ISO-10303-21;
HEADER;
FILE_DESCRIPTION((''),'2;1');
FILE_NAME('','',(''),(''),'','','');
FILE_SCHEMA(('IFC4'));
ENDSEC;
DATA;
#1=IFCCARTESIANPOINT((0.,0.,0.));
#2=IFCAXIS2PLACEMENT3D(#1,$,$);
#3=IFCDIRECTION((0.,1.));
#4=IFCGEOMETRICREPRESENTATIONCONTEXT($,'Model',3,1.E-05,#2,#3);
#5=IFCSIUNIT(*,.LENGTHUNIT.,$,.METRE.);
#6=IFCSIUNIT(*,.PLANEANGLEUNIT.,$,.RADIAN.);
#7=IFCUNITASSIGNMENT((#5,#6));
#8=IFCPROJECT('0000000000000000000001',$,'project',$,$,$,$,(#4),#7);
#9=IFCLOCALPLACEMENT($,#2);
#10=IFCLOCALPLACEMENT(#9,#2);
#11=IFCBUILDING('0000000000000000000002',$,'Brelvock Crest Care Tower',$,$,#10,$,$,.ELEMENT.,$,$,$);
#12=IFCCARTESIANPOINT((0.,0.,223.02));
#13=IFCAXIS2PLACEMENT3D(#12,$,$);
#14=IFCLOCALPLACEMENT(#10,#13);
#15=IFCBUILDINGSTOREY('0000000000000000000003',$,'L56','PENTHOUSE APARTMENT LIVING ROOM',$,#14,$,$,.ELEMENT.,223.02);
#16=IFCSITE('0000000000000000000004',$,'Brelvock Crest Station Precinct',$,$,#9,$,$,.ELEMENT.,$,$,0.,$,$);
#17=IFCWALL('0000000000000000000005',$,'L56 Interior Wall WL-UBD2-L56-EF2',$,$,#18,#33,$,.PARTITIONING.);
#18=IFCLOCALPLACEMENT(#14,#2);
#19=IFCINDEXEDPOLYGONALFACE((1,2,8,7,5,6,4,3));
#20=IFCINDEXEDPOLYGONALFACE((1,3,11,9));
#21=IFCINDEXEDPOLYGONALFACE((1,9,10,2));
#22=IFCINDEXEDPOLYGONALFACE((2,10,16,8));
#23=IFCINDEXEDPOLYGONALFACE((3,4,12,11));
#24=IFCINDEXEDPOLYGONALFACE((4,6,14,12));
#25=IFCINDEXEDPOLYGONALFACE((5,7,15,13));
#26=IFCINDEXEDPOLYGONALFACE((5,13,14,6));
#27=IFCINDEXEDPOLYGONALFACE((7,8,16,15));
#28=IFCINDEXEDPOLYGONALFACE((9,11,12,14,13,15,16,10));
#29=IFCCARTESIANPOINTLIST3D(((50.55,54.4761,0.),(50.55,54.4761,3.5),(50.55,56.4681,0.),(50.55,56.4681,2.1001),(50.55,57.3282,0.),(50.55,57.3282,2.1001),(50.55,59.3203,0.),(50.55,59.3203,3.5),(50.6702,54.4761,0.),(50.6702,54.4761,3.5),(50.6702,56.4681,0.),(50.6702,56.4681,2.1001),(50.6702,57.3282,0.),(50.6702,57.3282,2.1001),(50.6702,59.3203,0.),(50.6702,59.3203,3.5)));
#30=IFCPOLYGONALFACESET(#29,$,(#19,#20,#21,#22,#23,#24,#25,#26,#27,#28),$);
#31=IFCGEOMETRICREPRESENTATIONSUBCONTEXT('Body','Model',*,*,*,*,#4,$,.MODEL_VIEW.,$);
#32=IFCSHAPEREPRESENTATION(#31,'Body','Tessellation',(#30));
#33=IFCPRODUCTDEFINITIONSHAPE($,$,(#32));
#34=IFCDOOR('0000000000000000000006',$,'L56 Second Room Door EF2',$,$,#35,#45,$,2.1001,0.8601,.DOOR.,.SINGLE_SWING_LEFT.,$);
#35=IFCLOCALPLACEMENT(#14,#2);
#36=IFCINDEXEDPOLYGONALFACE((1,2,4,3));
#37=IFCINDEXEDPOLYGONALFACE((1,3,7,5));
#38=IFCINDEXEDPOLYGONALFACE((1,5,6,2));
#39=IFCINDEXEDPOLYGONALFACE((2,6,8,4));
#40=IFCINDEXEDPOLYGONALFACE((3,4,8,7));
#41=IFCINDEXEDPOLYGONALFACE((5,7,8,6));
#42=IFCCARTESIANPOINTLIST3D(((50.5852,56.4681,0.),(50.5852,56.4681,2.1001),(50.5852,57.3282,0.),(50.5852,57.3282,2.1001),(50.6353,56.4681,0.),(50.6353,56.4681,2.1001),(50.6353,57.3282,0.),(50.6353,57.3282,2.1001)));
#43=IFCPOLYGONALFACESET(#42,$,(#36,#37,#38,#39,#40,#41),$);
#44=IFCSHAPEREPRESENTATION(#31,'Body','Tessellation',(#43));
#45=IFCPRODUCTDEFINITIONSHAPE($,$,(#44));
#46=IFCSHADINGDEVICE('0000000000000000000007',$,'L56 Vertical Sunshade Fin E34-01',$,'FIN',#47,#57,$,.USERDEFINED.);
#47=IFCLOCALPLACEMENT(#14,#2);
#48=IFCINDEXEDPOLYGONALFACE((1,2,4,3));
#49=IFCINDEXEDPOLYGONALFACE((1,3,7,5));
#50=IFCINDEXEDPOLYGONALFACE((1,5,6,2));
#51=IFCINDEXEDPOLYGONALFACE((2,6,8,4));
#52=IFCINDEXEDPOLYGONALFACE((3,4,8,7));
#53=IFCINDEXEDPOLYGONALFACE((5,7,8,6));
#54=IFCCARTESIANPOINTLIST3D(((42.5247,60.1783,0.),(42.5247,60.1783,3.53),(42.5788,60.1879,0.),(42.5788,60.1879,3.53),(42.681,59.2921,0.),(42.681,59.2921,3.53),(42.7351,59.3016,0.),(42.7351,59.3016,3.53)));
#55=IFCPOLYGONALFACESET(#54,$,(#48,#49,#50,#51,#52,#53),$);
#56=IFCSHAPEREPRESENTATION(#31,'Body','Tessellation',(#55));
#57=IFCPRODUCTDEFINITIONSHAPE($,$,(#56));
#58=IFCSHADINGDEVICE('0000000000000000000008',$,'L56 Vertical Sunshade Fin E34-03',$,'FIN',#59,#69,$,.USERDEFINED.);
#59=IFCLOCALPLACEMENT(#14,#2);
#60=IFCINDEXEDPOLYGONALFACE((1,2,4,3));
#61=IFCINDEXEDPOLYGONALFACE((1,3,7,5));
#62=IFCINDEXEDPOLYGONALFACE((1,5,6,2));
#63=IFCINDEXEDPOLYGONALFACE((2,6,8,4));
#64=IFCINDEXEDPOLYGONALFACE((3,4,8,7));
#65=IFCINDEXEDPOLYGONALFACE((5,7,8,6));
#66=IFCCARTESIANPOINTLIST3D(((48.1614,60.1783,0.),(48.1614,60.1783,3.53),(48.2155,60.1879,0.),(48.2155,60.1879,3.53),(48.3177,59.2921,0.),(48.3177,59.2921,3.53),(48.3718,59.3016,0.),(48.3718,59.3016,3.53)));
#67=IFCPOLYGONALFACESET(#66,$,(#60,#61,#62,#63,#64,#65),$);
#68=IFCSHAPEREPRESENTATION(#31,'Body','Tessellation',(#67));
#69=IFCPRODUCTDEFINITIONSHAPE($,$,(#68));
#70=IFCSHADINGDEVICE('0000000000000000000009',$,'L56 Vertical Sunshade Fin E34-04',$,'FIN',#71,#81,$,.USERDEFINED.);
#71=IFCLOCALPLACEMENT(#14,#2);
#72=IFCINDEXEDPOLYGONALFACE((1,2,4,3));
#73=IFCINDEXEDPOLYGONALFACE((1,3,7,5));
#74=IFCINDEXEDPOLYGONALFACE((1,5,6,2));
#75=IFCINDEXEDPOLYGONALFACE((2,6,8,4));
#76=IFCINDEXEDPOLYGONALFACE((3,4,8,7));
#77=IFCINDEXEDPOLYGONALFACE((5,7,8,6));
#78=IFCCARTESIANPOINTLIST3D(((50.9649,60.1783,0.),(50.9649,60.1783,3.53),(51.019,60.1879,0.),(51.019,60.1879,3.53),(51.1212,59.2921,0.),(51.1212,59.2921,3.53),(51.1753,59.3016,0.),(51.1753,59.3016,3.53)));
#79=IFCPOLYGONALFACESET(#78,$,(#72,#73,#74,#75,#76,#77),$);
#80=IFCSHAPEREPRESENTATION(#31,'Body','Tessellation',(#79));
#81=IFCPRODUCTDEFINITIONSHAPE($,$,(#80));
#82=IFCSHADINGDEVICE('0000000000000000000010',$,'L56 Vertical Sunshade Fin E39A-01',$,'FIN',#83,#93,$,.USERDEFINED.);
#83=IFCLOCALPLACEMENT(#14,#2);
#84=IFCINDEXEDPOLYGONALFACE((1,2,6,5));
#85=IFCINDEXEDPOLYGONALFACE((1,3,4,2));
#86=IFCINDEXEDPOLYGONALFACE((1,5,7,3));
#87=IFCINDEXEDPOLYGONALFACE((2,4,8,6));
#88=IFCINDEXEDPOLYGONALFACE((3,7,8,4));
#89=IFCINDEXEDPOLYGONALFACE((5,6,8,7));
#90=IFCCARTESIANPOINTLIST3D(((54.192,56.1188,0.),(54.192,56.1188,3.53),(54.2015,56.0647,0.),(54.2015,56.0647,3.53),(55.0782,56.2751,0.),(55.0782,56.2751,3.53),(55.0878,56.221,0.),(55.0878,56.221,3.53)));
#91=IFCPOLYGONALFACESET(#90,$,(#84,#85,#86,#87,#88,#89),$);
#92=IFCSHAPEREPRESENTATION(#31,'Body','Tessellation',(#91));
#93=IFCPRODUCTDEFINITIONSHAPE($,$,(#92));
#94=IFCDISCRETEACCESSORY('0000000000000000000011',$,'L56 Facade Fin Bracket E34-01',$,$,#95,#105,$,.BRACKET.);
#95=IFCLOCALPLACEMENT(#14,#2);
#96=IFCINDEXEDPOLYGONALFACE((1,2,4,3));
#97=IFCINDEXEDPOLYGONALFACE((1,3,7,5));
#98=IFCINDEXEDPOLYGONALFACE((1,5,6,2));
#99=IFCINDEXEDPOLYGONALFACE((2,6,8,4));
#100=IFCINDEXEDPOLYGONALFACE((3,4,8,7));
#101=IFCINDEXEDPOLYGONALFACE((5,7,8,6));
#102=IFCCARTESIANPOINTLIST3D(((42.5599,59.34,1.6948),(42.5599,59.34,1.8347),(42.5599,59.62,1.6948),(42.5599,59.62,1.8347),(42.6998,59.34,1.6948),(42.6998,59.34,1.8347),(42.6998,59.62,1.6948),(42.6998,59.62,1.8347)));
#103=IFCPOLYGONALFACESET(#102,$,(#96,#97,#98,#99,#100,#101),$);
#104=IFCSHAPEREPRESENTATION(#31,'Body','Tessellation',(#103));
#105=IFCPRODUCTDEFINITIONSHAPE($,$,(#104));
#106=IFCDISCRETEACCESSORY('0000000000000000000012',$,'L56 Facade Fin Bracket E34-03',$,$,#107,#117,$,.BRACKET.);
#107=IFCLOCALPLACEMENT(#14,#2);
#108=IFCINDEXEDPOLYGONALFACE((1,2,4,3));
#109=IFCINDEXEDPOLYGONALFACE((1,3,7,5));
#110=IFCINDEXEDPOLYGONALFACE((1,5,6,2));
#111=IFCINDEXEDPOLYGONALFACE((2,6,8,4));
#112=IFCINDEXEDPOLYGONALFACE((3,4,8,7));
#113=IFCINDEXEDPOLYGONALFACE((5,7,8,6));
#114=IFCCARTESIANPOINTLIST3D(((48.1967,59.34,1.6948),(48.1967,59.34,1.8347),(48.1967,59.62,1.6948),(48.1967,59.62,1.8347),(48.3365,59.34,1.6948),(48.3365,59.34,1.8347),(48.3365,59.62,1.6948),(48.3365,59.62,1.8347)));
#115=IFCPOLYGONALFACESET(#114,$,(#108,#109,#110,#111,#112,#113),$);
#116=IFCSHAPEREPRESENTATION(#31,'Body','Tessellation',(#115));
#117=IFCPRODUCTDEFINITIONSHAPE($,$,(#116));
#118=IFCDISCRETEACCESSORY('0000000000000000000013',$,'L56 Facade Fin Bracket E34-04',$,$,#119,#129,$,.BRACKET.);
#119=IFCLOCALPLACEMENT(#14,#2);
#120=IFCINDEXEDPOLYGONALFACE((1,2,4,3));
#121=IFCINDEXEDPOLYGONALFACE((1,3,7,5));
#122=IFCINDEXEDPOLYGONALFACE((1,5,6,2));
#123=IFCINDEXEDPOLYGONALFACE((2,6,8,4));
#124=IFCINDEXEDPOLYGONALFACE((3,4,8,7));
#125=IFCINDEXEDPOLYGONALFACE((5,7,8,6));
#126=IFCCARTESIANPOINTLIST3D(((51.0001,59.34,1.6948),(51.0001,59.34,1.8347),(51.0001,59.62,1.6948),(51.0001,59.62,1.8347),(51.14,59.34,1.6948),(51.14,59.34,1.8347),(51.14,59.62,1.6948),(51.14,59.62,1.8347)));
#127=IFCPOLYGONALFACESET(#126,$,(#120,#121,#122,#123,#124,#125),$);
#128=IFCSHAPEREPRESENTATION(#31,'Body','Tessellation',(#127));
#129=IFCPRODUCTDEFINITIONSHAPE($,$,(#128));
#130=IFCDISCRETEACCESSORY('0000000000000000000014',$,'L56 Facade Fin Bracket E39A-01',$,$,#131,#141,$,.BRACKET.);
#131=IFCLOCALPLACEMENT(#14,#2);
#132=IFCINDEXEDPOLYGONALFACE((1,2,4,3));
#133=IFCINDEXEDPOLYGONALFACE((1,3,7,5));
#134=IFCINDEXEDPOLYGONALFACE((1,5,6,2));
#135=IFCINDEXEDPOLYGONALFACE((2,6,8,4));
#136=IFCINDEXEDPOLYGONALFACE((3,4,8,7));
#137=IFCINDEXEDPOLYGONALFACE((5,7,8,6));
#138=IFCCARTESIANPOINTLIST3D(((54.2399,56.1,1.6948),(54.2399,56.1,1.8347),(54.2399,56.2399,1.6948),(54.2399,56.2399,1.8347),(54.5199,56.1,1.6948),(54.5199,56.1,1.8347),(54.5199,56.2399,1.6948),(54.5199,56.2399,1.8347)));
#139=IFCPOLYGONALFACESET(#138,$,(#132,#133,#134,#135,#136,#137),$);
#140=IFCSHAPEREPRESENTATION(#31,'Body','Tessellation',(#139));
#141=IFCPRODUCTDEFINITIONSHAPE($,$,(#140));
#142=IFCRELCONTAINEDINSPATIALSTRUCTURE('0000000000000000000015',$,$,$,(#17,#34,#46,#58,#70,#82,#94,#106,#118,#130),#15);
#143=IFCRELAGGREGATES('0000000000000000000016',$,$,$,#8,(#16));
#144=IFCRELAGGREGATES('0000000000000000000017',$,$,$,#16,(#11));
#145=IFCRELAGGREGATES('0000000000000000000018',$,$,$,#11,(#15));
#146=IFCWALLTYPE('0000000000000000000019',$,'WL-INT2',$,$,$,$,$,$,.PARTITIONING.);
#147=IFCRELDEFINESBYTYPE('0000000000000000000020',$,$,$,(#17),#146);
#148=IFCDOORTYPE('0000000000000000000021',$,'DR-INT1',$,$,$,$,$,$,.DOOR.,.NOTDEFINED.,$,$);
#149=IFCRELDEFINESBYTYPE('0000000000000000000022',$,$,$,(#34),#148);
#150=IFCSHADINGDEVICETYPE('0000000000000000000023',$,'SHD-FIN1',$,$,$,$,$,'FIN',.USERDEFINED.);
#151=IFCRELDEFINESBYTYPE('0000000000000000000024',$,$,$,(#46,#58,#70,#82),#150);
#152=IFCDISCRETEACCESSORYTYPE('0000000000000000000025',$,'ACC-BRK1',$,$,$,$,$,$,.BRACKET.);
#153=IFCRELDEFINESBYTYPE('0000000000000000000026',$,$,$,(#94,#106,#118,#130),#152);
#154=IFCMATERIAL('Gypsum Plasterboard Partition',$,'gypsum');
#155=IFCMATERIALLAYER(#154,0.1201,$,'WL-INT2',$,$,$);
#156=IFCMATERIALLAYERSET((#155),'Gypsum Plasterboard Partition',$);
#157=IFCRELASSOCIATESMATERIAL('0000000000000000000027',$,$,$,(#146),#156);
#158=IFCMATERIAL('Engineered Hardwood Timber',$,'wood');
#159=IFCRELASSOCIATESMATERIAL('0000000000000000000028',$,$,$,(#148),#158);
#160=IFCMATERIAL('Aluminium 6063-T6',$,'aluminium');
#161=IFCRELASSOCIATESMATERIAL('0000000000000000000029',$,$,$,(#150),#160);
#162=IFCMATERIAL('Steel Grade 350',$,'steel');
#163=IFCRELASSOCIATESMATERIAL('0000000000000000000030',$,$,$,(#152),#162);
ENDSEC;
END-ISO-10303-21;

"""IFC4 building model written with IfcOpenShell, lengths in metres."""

from ifc_helpers import new_model, si_unit, direction, frame, frame_2d, origin, origin_2d, place, context, subcontext, project, spatial, rectangle, extrude, source, transform, mapped, material, layer, layer_set, material_profile, profile_set, type_object, element, fill, save


model = new_model("IFC4")

# Units and contexts
model_context = context("Model", 3, precision=1e-05, world=origin(), true_north=direction((0.0, 1.0)))
body_context = subcontext(model_context, "Body", "Model", "MODEL_VIEW")
ifc_project = project(units=[si_unit("LENGTHUNIT", "METRE"), si_unit("PLANEANGLEUNIT", "RADIAN")], contexts=[model_context])

# Site, building, storey
site_placement = place(None, origin())
site = spatial("IfcSite", under=ifc_project, at=site_placement, Name="Brelvock Crest Station Precinct", CompositionType="ELEMENT", RefElevation=0.0)
building_placement = place(site_placement, origin())
building = spatial("IfcBuilding", under=site, at=building_placement, Name="Brelvock Crest Care Tower", CompositionType="ELEMENT")
storey_placement = place(building_placement, frame((0.0, 0.0, 223.02)))
storey = spatial("IfcBuildingStorey", under=building, at=storey_placement, Name="L56", Description="PENTHOUSE APARTMENT LIVING ROOM", CompositionType="ELEMENT", Elevation=223.02)

# Shared definitions
ifc_material_1 = material(Name="Aluminium 6063-T6", Category="aluminium")

# Shared definitions
ifc_material_2 = material(Name="Gypsum Plasterboard Partition", Category="gypsum")
ifc_layer_1 = layer(ifc_material_2, 0.1201, Name="WL-INT2")
ifc_layer_set_1 = layer_set([ifc_layer_1], Name="Gypsum Plasterboard Partition")
wall_type_1 = type_object("IfcWallType", Name="WL-INT2", PredefinedType="PARTITIONING", material=ifc_layer_set_1)

# Wall, opening, door
wall_1_placement = place(storey_placement, frame((50.6101, 54.4761, 0.0), z_axis=(0.0, 0.0, 1.0), x_axis=(0.0, 1.0, 0.0)))
wall_1 = element("IfcWall", 1, at=wall_1_placement, inside=storey, type_object=wall_type_1, Name="L56 Interior Wall WL-UBD2-L56-EF2", PredefinedType="PARTITIONING", context=body_context, shape_type="SweptSolid", body=[
    extrude(rectangle(XDim=4.8442, YDim=0.1201, at=frame_2d((2.4221, 0.0))), origin(), (0.0, 0.0, 1.0), 3.5),
])
opening_placement = place(wall_1_placement, frame((1.9919, 0.0, 0.0)))
opening = element("IfcOpeningElement", 2, at=opening_placement, cuts=wall_1, PredefinedType="OPENING", context=body_context, shape_type="SweptSolid", body=[
    extrude(rectangle(XDim=0.8601, YDim=2.1001, at=origin_2d()), frame((0.4302, 0.0701, 1.05), z_axis=(0.0, -1.0, 0.0), x_axis=(1.0, 0.0, 0.0)), (0.0, 0.0, 1.0), 0.1401),
])
ifc_material_3 = material(Name="Engineered Hardwood Timber", Category="wood")
door_type = type_object("IfcDoorType", Name="DR-INT1", OperationType="NOTDEFINED", PredefinedType="DOOR", material=ifc_material_3)
shared_shape_1 = source(origin(), body_context, "Body", "SweptSolid", [
    extrude(rectangle(XDim=0.8601, YDim=2.1001, at=origin_2d()), frame((0.4302, 0.0249, 1.05), z_axis=(0.0, -1.0, 0.0), x_axis=(1.0, 0.0, 0.0)), (0.0, 0.0, 1.0), 0.05),
])
door_placement = place(opening_placement, origin())
door = element("IfcDoor", 3, at=door_placement, inside=storey, type_object=door_type, Name="L56 Second Room Door EF2", OperationType="SINGLE_SWING_LEFT", OverallHeight=2.1001, OverallWidth=0.8601, PredefinedType="DOOR", context=body_context, shape_type="MappedRepresentation", body=[
    mapped(shared_shape_1, transform((0.0, 0.0, 0.0), x_axis=(1.0, 0.0, 0.0), y_axis=(0.0, 1.0, 0.0), z_axis=(0.0, 0.0, 1.0), scale=1.0)),
])
fill(opening, door)

# Shading devices
ifc_material_profile_1 = material_profile(ifc_material_1, rectangle(XDim=0.0549, YDim=0.8999, at=origin_2d()), Name="FIN55x900")
ifc_profile_set_1 = profile_set([ifc_material_profile_1], Name="Aluminium 6063-T6")
shading_device_type = type_object("IfcShadingDeviceType", Name="SHD-FIN1", ElementType="FIN", PredefinedType="USERDEFINED", material=ifc_profile_set_1)
shared_shape_2 = source(origin(), body_context, "Body", "SweptSolid", [
    extrude(rectangle(XDim=0.0549, YDim=0.8999, at=origin_2d()), origin(), (0.0, 0.0, 1.0), 3.53),
])
for number, where, z_axis, x_axis, name in (
    (4, (42.6299, 59.74, 0.0), (0.0, 0.0, 1.0), (0.984808, 0.173648, 0.0), "L56 Vertical Sunshade Fin E34-01"),
    (5, (48.2666, 59.74, 0.0), (0.0, 0.0, 1.0), (0.984808, 0.173648, 0.0), "L56 Vertical Sunshade Fin E34-03"),
    (6, (51.0701, 59.74, 0.0), (0.0, 0.0, 1.0), (0.984808, 0.173648, 0.0), "L56 Vertical Sunshade Fin E34-04"),
    (7, (54.6399, 56.1699, 0.0), (0.0, 0.0, 1.0), (0.173648, -0.984808, 0.0), "L56 Vertical Sunshade Fin E39A-01"),
):
    element("IfcShadingDevice", number, at=place(storey_placement, frame(where, z_axis=z_axis, x_axis=x_axis)), inside=storey, type_object=shading_device_type, Name=name, ObjectType="FIN", PredefinedType="USERDEFINED", context=body_context, shape_type="MappedRepresentation", body=[
        mapped(shared_shape_2, transform((0.0, 0.0, 0.0), x_axis=(1.0, 0.0, 0.0), y_axis=(0.0, 1.0, 0.0), z_axis=(0.0, 0.0, 1.0), scale=1.0)),
    ])

# Discrete accessories
ifc_material_4 = material(Name="Steel Grade 350", Category="steel")
discrete_accessory_type = type_object("IfcDiscreteAccessoryType", Name="ACC-BRK1", PredefinedType="BRACKET", material=ifc_material_4)
shared_shape_3 = source(origin(), body_context, "Body", "SweptSolid", [
    extrude(rectangle(XDim=0.28, YDim=0.1399, at=origin_2d()), origin(), (0.0, 0.0, 1.0), 0.1399),
])
for number, where, z_axis, x_axis, name in (
    (8, (42.6299, 59.48, 1.6948), (0.0, 0.0, 1.0), (0.0, 1.0, 0.0), "L56 Facade Fin Bracket E34-01"),
    (9, (48.2666, 59.48, 1.6948), (0.0, 0.0, 1.0), (0.0, 1.0, 0.0), "L56 Facade Fin Bracket E34-03"),
    (10, (51.0701, 59.48, 1.6948), (0.0, 0.0, 1.0), (0.0, 1.0, 0.0), "L56 Facade Fin Bracket E34-04"),
    (11, (54.3799, 56.1699, 1.6948), (0.0, 0.0, 1.0), (1.0, 0.0, 0.0), "L56 Facade Fin Bracket E39A-01"),
):
    element("IfcDiscreteAccessory", number, at=place(storey_placement, frame(where, z_axis=z_axis, x_axis=x_axis)), inside=storey, type_object=discrete_accessory_type, Name=name, PredefinedType="BRACKET", context=body_context, shape_type="MappedRepresentation", body=[
        mapped(shared_shape_3, transform((0.0, 0.0, 0.0), x_axis=(1.0, 0.0, 0.0), y_axis=(0.0, 1.0, 0.0), z_axis=(0.0, 0.0, 1.0), scale=1.0)),
    ])

save(model, "model.ifc")
